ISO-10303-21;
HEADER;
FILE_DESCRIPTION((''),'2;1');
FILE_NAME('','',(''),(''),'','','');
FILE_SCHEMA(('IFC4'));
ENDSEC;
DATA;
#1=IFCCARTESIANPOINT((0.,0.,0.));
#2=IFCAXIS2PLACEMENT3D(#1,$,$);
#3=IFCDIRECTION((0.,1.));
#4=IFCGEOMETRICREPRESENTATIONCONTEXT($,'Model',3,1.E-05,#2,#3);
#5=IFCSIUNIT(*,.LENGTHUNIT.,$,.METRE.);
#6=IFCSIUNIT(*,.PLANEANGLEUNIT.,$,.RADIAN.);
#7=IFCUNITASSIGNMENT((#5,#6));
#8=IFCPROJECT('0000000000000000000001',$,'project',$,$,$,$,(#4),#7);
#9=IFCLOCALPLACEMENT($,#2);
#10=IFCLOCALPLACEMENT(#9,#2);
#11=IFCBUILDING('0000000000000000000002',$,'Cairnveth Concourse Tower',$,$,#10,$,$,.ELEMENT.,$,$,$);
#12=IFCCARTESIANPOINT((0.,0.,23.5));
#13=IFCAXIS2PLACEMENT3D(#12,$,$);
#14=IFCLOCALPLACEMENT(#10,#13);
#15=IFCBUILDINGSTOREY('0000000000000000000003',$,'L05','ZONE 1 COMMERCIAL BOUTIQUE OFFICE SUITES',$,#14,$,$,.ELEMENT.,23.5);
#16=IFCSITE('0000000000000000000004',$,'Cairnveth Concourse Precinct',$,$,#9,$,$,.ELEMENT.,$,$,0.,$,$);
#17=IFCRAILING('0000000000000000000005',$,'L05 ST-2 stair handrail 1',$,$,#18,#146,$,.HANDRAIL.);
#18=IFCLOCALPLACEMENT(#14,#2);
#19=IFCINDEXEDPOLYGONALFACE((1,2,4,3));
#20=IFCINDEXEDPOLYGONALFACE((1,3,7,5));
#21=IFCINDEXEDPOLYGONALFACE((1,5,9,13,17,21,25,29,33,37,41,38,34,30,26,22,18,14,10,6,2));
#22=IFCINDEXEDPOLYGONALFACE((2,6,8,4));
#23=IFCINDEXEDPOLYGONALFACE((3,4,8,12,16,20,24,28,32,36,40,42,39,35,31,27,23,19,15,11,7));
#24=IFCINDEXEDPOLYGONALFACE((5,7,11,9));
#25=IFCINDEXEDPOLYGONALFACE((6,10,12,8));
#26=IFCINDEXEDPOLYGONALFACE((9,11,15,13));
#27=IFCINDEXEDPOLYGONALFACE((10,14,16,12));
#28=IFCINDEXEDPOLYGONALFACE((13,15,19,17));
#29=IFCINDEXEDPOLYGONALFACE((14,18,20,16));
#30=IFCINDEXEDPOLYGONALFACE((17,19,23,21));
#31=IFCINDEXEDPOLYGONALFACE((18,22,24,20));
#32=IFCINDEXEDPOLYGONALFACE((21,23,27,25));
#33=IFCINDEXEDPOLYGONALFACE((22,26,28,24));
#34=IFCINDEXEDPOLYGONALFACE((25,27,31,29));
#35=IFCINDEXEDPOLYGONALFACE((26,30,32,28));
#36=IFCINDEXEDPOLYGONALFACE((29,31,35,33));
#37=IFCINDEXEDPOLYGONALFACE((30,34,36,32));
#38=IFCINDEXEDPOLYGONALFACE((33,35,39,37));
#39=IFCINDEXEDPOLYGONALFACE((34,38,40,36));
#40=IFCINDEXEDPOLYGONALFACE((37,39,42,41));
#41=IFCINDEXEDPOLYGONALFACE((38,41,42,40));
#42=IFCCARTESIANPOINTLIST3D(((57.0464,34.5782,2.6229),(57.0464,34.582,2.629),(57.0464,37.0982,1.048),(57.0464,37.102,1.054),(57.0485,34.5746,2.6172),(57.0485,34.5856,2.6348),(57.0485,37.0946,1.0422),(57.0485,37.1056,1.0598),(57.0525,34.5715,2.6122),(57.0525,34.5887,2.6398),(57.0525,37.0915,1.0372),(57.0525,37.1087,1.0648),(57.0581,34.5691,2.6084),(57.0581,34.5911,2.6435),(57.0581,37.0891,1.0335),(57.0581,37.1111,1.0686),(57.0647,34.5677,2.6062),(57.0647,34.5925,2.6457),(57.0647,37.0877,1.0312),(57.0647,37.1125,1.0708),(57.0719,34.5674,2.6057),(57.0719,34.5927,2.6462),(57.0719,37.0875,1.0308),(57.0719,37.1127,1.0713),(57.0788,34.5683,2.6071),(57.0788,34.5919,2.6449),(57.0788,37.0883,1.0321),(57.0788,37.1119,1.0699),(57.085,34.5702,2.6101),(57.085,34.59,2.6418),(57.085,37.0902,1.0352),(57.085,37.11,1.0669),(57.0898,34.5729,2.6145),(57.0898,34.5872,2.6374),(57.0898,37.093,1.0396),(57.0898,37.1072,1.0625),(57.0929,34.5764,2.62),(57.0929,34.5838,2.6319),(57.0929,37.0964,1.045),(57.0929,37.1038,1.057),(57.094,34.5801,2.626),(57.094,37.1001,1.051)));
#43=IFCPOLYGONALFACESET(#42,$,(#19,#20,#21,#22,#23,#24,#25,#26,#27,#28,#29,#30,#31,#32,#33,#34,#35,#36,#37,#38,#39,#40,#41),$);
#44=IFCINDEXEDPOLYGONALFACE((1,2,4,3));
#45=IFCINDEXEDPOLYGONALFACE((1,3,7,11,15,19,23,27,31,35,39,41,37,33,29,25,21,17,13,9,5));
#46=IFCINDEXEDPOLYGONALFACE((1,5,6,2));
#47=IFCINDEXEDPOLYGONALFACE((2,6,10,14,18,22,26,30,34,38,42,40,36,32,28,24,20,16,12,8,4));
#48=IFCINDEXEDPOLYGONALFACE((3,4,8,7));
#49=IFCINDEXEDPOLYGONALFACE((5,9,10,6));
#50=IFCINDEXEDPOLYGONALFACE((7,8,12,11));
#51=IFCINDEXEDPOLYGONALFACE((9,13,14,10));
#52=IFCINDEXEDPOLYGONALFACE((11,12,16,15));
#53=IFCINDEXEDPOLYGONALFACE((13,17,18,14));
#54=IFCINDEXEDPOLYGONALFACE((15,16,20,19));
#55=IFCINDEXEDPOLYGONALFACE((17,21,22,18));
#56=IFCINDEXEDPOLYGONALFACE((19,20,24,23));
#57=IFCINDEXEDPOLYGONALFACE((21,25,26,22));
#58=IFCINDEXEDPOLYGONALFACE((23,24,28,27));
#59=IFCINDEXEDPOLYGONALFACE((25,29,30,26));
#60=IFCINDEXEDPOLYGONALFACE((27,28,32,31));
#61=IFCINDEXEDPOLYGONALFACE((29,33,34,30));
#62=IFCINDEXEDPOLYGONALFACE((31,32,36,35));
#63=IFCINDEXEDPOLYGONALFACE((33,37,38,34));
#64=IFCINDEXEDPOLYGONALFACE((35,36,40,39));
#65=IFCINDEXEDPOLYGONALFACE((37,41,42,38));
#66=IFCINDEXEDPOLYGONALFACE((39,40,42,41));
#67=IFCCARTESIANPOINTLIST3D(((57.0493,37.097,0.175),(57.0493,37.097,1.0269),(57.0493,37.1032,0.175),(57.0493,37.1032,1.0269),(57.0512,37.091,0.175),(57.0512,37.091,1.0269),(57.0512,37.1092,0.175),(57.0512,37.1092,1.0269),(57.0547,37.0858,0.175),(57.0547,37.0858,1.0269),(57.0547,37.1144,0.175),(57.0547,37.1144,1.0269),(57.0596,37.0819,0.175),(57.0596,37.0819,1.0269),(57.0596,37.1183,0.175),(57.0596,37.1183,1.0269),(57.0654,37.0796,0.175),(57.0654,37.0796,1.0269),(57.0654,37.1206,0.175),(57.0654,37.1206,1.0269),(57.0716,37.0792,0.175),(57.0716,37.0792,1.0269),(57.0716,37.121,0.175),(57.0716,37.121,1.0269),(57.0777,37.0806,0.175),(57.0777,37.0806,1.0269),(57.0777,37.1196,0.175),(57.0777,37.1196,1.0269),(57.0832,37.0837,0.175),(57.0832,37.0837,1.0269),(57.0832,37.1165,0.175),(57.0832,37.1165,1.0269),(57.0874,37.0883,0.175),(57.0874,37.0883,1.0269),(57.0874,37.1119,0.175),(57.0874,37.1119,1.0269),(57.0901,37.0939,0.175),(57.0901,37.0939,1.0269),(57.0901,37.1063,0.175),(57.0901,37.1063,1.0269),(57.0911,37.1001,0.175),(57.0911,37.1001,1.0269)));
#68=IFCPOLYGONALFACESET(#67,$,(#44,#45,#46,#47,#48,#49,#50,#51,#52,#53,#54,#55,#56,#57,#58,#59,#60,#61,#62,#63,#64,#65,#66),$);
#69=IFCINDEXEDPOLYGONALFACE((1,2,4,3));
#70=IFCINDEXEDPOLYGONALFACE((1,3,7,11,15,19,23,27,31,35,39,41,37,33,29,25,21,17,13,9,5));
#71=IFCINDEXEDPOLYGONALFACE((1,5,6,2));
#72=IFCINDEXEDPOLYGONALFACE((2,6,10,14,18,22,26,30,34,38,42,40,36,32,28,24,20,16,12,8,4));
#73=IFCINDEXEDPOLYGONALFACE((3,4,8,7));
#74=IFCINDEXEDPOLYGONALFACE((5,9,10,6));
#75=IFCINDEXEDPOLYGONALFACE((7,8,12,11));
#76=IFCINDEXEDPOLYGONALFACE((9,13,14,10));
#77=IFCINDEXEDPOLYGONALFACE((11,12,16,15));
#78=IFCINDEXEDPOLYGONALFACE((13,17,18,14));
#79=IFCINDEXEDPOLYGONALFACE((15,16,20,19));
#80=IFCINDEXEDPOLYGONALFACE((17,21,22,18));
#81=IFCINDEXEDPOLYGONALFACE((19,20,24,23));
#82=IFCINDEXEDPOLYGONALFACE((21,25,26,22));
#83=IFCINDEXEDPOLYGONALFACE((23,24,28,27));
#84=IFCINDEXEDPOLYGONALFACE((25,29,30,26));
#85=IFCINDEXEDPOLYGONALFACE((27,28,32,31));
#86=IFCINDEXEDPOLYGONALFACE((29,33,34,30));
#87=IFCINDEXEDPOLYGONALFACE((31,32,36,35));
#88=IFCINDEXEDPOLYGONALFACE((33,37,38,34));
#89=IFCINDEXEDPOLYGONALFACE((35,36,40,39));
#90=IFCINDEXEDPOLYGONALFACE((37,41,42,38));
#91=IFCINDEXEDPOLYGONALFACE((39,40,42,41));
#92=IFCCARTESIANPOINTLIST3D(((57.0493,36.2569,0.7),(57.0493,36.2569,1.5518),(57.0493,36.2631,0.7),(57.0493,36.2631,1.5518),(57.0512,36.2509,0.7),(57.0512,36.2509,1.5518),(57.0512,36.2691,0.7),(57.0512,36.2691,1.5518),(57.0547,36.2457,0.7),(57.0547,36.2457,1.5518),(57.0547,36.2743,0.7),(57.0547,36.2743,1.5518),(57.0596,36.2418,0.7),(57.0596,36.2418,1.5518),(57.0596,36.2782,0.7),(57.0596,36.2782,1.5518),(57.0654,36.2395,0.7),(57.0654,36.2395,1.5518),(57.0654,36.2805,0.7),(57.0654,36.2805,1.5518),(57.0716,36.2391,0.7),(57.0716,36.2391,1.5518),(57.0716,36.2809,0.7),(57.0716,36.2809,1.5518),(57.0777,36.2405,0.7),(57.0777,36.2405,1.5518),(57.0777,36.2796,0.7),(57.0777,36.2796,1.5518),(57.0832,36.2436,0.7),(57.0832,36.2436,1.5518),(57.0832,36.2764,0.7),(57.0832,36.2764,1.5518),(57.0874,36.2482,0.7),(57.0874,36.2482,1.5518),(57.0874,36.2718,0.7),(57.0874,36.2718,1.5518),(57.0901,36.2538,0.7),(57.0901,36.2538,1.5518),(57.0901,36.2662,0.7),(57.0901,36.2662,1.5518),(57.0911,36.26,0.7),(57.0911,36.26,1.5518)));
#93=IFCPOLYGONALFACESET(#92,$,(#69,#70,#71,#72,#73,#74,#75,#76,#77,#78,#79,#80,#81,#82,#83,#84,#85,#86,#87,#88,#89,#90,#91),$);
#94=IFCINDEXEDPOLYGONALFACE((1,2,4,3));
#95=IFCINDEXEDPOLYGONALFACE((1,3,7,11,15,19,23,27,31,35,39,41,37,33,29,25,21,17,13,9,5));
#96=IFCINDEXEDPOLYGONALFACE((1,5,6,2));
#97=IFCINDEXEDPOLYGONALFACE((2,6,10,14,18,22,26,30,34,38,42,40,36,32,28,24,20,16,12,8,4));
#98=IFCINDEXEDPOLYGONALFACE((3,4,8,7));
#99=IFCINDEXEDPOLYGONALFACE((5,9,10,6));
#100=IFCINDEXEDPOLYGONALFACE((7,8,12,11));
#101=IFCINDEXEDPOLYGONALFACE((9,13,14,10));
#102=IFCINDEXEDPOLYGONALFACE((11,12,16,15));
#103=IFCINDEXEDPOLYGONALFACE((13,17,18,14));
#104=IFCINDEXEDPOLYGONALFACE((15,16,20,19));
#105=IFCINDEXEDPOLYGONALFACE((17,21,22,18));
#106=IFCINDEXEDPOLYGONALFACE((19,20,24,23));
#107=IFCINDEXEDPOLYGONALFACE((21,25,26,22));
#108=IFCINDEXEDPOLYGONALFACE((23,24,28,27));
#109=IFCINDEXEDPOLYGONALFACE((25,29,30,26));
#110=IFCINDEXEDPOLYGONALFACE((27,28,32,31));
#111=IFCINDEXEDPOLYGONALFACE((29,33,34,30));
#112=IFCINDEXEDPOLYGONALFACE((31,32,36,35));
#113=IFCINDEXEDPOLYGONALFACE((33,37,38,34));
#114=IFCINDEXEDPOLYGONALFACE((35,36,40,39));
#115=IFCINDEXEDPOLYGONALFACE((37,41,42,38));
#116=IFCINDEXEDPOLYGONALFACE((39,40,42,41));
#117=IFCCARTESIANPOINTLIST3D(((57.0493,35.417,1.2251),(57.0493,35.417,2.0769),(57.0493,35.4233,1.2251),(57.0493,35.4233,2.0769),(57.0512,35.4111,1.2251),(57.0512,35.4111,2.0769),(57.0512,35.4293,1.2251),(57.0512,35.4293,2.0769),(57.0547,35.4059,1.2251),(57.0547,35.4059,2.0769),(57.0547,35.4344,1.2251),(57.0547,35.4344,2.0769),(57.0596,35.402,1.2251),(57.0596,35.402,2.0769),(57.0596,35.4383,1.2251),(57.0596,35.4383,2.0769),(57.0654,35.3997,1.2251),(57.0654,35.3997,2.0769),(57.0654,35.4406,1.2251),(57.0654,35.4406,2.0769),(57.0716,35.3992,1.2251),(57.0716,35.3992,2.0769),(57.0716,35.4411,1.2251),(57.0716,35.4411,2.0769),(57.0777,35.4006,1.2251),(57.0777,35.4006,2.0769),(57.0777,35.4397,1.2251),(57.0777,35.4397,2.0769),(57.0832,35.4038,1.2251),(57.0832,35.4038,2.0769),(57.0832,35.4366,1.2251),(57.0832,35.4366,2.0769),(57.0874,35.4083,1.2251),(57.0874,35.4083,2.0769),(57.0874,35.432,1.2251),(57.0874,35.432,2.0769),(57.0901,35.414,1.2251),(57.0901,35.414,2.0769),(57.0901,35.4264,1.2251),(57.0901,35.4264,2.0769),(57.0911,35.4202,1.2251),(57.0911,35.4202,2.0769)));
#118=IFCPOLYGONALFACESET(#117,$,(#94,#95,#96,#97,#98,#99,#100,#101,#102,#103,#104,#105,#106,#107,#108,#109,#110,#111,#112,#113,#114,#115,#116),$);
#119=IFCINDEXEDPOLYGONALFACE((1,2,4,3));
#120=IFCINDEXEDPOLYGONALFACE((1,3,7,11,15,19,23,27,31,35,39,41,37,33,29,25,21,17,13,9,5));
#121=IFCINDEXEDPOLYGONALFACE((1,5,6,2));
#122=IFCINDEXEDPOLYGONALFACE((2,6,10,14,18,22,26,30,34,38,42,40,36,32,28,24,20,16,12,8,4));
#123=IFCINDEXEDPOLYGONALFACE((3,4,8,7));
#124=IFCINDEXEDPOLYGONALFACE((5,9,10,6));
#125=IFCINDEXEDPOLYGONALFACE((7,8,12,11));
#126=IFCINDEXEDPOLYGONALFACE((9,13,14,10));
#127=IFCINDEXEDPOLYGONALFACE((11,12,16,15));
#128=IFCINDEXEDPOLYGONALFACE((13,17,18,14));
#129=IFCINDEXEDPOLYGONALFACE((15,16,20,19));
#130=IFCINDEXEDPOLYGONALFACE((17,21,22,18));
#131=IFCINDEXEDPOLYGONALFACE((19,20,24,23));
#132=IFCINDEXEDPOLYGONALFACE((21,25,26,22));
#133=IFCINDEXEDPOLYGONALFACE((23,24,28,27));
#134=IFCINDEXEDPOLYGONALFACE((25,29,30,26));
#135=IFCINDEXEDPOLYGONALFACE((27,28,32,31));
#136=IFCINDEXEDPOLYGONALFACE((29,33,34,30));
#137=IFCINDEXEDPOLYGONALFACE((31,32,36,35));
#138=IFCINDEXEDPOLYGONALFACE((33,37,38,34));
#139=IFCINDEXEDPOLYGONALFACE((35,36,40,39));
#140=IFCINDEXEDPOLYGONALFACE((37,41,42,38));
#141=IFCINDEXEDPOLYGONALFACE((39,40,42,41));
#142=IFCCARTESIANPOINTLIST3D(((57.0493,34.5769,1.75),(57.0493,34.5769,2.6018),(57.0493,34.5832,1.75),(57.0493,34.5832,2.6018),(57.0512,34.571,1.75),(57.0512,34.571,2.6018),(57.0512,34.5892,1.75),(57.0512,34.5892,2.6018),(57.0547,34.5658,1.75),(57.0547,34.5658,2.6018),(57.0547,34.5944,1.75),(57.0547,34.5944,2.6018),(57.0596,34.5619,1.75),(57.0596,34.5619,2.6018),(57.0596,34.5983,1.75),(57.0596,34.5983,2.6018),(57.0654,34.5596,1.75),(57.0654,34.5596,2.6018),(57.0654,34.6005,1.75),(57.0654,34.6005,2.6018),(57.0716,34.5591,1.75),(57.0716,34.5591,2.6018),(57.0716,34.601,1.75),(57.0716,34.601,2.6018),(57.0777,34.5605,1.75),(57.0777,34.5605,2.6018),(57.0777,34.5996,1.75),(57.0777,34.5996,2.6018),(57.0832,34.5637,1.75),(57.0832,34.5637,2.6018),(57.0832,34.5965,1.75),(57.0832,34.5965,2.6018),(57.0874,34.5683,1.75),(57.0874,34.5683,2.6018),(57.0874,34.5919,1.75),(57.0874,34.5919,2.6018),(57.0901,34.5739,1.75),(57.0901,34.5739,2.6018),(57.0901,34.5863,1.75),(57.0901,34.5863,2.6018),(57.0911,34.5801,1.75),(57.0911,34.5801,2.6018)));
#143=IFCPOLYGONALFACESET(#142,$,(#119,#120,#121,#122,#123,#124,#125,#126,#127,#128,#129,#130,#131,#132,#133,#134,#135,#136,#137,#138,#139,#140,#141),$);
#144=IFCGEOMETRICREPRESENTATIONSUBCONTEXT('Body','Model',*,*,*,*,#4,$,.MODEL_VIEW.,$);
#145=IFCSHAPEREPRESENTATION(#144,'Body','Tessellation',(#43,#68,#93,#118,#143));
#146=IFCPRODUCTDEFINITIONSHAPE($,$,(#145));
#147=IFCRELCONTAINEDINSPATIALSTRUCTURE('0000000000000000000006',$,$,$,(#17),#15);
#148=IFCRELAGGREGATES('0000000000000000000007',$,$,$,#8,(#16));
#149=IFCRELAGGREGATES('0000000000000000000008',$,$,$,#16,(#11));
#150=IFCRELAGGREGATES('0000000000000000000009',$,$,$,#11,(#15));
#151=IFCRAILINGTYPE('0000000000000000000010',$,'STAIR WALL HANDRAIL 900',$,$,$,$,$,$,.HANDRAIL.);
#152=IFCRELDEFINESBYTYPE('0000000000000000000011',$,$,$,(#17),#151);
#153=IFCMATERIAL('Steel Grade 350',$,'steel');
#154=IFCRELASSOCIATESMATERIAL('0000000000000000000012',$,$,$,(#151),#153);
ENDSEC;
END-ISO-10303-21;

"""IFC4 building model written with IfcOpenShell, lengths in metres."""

from ifc_helpers import new_model, si_unit, direction, frame, origin, origin_2d, place, context, subcontext, project, spatial, circle, extrude, material, type_object, element, save


model = new_model("IFC4")

# Units and contexts
model_context = context("Model", 3, precision=1e-05, world=origin(), true_north=direction((0.0, 1.0)))
body_context = subcontext(model_context, "Body", "Model", "MODEL_VIEW")
ifc_project = project(units=[si_unit("LENGTHUNIT", "METRE"), si_unit("PLANEANGLEUNIT", "RADIAN")], contexts=[model_context])

# Site, building, storey
site_placement = place(None, origin())
site = spatial("IfcSite", under=ifc_project, at=site_placement, Name="Cairnveth Concourse Precinct", CompositionType="ELEMENT", RefElevation=0.0)
building_placement = place(site_placement, origin())
building = spatial("IfcBuilding", under=site, at=building_placement, Name="Cairnveth Concourse Tower", CompositionType="ELEMENT")
storey_placement = place(building_placement, frame((0.0, 0.0, 23.5)))
storey = spatial("IfcBuildingStorey", under=building, at=storey_placement, Name="L05", Description="ZONE 1 COMMERCIAL BOUTIQUE OFFICE SUITES", CompositionType="ELEMENT", Elevation=23.5)

# Shared definitions
ifc_material_1 = material(Name="Steel Grade 350", Category="steel")

# Railing
railing_type_1 = type_object("IfcRailingType", Name="STAIR WALL HANDRAIL 900", PredefinedType="HANDRAIL", material=ifc_material_1)
railing_1_placement = place(storey_placement, frame((57.0701, 37.1001, 0.175)))
element("IfcRailing", 1, at=railing_1_placement, inside=storey, type_object=railing_type_1, Name="L05 ST-2 stair handrail 1", PredefinedType="HANDRAIL", context=body_context, shape_type="SweptSolid", body=[
    extrude(circle(Radius=0.0239, at=origin_2d()), frame((0.0, 0.0, 0.876), z_axis=(0.0, -0.848008, 0.529984), x_axis=(1.0, 0.0, 0.0)), (0.0, 0.0, 1.0), 2.9717),
    extrude(circle(Radius=0.021, at=origin_2d()), origin(), (0.0, 0.0, 1.0), 0.8518),
    extrude(circle(Radius=0.021, at=origin_2d()), frame((0.0, -0.8401, 0.5249)), (0.0, 0.0, 1.0), 0.8518),
    extrude(circle(Radius=0.021, at=origin_2d()), frame((0.0, -1.6799, 1.05)), (0.0, 0.0, 1.0), 0.8518),
    extrude(circle(Radius=0.021, at=origin_2d()), frame((0.0, -2.52, 1.575)), (0.0, 0.0, 1.0), 0.8518),
])

save(model, "model.ifc")
